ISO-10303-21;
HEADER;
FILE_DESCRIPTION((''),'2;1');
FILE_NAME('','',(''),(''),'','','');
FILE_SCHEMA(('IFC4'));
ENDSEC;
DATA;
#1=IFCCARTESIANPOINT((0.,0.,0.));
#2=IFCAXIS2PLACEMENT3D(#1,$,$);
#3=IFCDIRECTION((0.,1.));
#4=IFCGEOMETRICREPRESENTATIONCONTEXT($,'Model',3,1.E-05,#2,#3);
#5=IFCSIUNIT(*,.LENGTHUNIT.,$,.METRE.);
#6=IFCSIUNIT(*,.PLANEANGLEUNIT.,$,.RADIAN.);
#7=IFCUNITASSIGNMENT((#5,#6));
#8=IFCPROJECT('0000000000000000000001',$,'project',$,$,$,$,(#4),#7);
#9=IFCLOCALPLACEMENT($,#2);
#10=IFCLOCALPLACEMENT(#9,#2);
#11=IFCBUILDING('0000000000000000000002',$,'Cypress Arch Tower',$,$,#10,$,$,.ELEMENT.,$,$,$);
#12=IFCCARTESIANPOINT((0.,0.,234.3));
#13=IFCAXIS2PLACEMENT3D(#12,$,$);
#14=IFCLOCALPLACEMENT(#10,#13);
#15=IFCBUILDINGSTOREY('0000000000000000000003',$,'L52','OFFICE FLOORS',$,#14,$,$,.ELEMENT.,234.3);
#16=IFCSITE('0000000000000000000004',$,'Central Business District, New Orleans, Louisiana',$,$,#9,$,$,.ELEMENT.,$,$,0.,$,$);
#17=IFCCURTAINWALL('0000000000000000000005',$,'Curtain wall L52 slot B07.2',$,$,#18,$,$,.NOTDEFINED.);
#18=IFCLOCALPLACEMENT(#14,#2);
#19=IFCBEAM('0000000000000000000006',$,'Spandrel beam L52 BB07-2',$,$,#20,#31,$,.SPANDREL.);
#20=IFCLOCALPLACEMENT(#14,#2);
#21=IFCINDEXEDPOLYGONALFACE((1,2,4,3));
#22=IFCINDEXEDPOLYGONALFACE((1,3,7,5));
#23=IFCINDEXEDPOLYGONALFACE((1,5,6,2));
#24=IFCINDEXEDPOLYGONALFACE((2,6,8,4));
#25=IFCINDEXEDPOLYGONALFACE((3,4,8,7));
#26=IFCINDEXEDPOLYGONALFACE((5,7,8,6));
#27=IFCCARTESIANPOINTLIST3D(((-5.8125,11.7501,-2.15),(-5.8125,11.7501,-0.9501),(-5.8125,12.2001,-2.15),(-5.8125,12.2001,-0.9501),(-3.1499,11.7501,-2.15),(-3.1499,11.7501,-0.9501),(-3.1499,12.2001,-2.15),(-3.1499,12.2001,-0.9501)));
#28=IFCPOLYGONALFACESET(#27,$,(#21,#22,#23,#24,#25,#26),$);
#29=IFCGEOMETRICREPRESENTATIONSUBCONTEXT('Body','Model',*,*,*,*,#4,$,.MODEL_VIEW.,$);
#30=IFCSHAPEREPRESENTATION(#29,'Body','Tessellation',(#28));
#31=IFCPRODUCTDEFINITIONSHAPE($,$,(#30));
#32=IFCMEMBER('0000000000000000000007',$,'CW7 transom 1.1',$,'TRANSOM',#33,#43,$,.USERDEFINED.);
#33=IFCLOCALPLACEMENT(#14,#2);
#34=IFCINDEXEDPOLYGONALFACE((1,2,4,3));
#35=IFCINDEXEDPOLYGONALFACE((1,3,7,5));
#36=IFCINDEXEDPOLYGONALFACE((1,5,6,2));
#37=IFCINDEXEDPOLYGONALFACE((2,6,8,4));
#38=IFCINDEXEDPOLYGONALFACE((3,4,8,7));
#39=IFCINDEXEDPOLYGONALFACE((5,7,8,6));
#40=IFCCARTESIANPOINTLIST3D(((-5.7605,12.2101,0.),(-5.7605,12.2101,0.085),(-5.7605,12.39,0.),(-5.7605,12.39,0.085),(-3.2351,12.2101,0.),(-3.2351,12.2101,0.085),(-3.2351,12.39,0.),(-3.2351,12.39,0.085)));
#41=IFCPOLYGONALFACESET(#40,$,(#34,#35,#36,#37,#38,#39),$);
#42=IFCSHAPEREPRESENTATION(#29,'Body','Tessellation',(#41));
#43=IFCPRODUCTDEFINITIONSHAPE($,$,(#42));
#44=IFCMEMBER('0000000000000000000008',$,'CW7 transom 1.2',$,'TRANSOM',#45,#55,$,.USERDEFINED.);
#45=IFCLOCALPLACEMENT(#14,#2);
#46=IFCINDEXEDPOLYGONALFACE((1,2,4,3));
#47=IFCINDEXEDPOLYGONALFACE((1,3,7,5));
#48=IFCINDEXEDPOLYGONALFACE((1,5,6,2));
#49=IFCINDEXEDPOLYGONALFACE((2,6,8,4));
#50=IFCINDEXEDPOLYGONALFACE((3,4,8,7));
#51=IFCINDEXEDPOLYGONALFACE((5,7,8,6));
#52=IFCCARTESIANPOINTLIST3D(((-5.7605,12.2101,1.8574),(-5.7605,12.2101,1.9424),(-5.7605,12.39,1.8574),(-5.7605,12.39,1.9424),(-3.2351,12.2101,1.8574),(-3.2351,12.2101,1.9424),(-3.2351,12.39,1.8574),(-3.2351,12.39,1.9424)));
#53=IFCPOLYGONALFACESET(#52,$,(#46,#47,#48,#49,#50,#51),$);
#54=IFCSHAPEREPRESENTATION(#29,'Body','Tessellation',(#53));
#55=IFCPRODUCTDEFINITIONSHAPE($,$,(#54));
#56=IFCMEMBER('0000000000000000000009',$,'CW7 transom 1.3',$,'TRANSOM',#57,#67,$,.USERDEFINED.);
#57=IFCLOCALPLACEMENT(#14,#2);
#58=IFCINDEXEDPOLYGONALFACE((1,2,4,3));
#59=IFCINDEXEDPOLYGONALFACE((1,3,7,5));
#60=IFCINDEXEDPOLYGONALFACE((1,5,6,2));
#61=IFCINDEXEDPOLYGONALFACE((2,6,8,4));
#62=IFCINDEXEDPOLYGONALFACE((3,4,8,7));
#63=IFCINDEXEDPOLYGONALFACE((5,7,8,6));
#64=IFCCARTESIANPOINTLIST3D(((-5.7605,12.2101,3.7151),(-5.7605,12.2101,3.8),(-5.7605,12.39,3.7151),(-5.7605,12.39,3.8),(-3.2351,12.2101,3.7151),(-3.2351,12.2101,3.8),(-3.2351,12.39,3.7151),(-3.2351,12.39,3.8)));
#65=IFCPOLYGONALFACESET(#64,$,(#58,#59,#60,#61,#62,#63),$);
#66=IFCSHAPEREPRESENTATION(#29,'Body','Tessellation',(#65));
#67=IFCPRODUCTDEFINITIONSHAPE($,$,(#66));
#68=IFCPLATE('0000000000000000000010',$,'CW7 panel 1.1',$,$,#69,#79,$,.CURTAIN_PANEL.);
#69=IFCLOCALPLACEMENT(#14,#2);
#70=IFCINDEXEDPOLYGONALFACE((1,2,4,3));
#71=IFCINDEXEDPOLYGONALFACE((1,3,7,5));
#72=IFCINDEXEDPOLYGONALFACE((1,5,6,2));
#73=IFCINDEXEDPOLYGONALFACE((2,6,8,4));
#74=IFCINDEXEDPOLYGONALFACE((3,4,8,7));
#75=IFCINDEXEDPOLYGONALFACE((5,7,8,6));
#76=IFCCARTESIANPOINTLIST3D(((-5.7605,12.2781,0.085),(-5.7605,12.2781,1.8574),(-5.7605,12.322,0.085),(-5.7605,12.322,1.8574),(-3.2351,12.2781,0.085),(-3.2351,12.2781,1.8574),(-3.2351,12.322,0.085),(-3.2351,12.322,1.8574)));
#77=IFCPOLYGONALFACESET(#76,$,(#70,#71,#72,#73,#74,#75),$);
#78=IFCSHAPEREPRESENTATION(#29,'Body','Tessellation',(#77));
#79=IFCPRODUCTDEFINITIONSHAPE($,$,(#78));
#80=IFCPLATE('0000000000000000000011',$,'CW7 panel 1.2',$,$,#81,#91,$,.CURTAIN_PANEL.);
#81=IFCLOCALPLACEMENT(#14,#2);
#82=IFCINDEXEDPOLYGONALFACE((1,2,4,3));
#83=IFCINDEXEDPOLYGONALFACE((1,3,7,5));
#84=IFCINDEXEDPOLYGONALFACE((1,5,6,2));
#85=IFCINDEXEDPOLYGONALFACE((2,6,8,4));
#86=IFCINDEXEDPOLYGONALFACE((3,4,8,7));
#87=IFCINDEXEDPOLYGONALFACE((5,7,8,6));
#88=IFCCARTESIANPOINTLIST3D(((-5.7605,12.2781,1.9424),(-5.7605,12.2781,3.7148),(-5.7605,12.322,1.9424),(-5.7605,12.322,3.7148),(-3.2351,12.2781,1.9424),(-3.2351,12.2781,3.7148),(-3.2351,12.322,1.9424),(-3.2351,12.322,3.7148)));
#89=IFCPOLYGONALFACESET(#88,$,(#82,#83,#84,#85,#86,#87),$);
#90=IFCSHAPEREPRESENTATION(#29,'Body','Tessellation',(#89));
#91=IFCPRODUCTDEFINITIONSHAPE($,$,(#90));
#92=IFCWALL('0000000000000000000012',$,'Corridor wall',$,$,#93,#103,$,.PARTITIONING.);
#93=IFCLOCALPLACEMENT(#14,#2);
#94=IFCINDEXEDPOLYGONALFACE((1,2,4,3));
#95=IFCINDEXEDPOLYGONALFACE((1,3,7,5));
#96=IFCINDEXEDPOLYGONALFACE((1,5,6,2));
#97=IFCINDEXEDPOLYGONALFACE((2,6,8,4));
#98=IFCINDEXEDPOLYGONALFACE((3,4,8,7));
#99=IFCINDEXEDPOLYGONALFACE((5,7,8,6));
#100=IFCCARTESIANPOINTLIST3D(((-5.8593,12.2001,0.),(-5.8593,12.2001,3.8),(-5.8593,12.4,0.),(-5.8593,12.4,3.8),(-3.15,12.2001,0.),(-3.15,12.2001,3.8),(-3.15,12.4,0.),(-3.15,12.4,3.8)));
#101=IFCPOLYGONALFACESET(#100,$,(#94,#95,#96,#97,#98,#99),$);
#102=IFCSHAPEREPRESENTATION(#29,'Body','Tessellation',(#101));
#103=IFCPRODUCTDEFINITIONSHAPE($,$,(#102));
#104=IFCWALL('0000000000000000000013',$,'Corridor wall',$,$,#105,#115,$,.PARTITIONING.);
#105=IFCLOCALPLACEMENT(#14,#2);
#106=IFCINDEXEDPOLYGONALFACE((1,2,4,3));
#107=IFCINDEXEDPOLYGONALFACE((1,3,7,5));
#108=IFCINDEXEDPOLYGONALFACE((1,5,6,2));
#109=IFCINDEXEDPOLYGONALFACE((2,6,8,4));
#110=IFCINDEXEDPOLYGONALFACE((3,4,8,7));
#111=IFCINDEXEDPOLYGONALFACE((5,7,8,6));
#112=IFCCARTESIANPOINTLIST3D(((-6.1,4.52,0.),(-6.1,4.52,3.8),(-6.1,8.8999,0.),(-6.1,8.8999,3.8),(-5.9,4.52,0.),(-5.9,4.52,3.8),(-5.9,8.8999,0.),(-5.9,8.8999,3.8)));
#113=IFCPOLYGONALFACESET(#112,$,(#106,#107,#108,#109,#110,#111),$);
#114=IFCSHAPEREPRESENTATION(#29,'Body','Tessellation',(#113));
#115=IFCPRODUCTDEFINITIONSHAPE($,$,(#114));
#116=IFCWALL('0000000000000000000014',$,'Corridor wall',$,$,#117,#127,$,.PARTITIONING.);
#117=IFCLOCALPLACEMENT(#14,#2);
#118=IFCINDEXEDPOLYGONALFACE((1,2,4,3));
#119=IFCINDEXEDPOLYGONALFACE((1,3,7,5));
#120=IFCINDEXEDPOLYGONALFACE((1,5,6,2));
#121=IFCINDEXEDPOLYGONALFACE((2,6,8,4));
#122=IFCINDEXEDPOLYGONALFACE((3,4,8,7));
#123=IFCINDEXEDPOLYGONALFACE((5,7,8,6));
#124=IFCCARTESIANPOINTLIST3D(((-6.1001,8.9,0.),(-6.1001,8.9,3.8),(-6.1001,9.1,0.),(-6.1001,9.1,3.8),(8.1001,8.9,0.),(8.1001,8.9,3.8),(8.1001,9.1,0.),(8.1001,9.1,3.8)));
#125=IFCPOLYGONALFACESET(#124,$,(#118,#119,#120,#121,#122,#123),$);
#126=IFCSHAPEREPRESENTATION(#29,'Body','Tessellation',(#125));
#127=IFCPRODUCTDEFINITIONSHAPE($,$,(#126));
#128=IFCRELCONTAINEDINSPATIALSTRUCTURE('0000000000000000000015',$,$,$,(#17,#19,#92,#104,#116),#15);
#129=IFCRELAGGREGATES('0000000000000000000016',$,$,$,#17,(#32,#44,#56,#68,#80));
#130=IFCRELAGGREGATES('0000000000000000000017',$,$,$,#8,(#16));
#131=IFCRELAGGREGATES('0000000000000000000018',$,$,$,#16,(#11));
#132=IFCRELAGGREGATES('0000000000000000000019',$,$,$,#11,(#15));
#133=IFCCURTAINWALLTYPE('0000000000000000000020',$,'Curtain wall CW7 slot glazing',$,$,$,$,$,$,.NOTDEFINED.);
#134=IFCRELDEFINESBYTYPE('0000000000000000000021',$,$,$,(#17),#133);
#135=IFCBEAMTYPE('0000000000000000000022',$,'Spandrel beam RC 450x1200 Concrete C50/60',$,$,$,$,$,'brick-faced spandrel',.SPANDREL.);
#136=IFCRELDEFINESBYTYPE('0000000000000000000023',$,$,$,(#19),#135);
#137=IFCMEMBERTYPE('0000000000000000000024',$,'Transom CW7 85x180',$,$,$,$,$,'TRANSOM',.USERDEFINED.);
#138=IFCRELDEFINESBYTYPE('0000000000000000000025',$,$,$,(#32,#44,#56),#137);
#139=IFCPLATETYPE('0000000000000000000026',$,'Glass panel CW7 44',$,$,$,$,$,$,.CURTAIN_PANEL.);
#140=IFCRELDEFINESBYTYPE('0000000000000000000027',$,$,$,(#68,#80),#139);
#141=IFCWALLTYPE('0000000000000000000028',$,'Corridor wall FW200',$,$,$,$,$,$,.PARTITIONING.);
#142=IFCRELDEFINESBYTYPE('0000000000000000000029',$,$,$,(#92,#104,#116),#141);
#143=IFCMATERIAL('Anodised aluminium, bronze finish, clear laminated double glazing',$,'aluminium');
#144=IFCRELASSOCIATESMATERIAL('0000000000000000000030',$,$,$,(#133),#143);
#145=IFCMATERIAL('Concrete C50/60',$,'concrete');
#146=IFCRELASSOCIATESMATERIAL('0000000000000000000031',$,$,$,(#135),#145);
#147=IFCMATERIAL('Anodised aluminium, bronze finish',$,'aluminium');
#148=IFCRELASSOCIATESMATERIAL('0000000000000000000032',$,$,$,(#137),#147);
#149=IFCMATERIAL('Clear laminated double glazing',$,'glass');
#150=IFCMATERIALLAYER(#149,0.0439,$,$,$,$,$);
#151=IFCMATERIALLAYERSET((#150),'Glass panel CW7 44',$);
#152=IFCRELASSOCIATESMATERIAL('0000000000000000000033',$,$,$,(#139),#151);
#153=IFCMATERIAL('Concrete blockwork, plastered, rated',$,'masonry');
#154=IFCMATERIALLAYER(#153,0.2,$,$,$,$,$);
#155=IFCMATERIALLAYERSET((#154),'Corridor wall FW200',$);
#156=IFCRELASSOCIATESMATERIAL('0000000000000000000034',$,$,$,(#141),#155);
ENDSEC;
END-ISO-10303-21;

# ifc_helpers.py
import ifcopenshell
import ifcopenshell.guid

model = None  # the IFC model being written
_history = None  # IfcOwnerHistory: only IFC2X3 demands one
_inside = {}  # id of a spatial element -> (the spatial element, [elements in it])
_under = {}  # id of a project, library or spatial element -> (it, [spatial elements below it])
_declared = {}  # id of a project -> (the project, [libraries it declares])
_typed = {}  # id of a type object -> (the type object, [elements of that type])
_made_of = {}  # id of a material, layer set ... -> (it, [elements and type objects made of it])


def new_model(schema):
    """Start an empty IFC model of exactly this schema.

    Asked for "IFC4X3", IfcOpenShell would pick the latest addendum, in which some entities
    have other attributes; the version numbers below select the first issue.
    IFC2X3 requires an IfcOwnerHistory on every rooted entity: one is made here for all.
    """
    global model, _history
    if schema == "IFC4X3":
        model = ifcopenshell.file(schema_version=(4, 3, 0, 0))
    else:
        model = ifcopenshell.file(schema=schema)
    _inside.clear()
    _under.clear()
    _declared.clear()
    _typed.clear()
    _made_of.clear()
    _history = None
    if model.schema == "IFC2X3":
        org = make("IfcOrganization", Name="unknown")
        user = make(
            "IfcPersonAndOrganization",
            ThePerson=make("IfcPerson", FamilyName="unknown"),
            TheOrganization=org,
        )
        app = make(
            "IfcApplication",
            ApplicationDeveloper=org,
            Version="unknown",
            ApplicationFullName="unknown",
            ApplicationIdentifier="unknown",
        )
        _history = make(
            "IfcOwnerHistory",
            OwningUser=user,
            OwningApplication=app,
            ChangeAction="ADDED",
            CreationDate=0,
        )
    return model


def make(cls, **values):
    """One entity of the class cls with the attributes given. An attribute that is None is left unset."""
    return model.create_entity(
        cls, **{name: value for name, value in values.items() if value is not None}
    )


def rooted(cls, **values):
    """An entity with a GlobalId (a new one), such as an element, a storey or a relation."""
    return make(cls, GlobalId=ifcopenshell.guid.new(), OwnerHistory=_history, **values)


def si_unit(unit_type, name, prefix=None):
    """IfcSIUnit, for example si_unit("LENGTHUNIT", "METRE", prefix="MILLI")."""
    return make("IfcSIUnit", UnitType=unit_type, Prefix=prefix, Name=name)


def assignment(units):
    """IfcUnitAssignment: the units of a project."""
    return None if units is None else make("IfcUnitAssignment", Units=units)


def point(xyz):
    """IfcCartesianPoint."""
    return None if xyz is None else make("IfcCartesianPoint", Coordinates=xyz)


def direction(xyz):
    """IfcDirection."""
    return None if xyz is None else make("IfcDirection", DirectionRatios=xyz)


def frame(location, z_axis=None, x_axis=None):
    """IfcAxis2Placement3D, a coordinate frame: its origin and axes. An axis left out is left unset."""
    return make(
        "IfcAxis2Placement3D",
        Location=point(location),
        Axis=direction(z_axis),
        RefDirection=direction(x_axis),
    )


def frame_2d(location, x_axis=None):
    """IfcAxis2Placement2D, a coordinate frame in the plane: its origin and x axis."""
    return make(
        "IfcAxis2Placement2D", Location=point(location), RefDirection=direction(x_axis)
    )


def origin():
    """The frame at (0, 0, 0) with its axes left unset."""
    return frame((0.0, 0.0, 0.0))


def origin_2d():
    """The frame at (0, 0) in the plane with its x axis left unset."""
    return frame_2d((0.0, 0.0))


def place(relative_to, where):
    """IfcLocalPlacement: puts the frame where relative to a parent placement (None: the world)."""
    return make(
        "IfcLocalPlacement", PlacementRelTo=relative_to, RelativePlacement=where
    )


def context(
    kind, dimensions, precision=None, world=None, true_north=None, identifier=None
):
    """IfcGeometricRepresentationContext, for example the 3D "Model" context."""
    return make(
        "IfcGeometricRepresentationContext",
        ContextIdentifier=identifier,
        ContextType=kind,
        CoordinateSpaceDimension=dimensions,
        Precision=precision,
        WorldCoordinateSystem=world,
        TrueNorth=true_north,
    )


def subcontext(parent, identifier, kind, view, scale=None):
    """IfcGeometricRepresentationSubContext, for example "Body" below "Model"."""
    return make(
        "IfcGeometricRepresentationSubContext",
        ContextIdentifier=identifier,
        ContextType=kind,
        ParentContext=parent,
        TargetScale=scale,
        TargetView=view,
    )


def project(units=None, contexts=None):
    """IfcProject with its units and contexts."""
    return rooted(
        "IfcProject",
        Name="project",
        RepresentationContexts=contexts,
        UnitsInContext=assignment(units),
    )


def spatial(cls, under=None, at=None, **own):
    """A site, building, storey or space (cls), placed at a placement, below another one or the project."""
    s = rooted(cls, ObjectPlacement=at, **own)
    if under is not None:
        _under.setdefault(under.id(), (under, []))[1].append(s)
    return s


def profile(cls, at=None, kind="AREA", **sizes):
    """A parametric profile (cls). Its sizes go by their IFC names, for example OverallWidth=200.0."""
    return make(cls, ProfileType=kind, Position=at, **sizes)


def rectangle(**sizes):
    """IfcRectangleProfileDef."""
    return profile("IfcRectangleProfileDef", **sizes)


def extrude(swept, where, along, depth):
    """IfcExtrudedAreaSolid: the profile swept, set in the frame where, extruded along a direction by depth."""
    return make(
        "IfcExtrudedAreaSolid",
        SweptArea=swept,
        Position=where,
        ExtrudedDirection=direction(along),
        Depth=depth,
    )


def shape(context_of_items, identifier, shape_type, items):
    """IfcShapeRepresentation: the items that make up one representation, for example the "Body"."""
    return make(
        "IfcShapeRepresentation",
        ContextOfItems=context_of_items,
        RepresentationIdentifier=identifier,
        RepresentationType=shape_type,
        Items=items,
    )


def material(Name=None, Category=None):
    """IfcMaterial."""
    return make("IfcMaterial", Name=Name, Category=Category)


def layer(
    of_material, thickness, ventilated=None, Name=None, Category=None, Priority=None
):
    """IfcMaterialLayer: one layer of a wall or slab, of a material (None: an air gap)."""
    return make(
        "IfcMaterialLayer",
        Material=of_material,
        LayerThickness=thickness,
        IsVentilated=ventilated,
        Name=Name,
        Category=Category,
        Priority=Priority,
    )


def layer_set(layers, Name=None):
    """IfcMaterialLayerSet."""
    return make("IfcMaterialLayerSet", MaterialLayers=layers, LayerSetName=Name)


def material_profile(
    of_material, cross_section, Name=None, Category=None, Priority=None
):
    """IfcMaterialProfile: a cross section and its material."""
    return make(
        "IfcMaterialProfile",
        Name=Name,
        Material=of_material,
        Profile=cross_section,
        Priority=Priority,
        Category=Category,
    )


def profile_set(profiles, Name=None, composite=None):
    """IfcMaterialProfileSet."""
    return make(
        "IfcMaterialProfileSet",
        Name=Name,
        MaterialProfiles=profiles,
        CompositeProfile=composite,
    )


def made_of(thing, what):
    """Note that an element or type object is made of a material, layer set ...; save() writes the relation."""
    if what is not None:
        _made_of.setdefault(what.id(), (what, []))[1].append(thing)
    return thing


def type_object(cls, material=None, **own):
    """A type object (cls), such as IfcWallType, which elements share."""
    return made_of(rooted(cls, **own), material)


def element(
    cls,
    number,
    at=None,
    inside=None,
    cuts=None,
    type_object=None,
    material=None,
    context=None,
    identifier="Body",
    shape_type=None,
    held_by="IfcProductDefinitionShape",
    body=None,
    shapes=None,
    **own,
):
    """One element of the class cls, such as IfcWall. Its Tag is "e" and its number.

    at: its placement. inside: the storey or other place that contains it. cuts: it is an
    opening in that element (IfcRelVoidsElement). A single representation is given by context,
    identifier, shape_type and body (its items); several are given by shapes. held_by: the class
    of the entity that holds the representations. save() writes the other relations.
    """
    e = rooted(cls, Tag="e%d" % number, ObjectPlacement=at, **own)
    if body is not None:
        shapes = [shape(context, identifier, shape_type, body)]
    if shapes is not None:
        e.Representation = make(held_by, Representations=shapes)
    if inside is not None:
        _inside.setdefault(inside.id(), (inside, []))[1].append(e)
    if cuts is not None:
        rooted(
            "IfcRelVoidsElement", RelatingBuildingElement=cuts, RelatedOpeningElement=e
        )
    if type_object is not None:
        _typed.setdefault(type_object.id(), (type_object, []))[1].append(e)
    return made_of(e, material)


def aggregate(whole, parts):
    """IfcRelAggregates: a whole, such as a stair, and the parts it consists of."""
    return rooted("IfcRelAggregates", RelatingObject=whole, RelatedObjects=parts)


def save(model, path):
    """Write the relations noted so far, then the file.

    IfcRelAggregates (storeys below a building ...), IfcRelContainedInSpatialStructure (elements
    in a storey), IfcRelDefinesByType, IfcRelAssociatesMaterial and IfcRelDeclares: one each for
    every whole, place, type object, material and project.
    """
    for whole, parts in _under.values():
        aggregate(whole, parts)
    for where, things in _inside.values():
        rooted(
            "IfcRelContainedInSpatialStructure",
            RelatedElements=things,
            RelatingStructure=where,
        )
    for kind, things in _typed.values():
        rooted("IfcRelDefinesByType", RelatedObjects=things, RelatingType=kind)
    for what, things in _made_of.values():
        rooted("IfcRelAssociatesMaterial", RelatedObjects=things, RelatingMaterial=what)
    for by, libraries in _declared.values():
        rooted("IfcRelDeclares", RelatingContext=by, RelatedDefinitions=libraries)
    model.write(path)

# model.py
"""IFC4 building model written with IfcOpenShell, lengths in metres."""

from ifc_helpers import new_model, si_unit, direction, frame, frame_2d, origin, origin_2d, place, context, subcontext, project, spatial, rectangle, extrude, material, layer, layer_set, material_profile, profile_set, type_object, element, aggregate, save


model = new_model("IFC4")

# Units and contexts
model_context = context("Model", 3, precision=1e-05, world=origin(), true_north=direction((0.0, 1.0)))
body_context = subcontext(model_context, "Body", "Model", "MODEL_VIEW")
ifc_project = project(units=[si_unit("LENGTHUNIT", "METRE"), si_unit("PLANEANGLEUNIT", "RADIAN")], contexts=[model_context])

# Site, building, storey
site_placement = place(None, origin())
site = spatial("IfcSite", under=ifc_project, at=site_placement, Name="Central Business District, New Orleans, Louisiana", CompositionType="ELEMENT", RefElevation=0.0)
building_placement = place(site_placement, origin())
building = spatial("IfcBuilding", under=site, at=building_placement, Name="Cypress Arch Tower", CompositionType="ELEMENT")
storey_placement = place(building_placement, frame((0.0, 0.0, 234.3)))
storey = spatial("IfcBuildingStorey", under=building, at=storey_placement, Name="L52", Description="OFFICE FLOORS", CompositionType="ELEMENT", Elevation=234.3)

# Curtain wall
ifc_material_1 = material(Name="Anodised aluminium, bronze finish, clear laminated double glazing", Category="aluminium")
curtain_wall_type = type_object("IfcCurtainWallType", Name="Curtain wall CW7 slot glazing", PredefinedType="NOTDEFINED", material=ifc_material_1)
curtain_wall_placement = place(storey_placement, origin())
curtain_wall = element("IfcCurtainWall", 1, at=curtain_wall_placement, inside=storey, type_object=curtain_wall_type, Name="Curtain wall L52 slot B07.2", PredefinedType="NOTDEFINED")

# Beam
ifc_material_2 = material(Name="Concrete C50/60", Category="concrete")
ifc_material_profile_1 = material_profile(ifc_material_2, rectangle(XDim=0.45, YDim=1.2, at=origin_2d()), Name="RC 450x1200")
ifc_profile_set_1 = profile_set([ifc_material_profile_1], Name="Concrete C50/60")
beam_type_1 = type_object("IfcBeamType", Name="Spandrel beam RC 450x1200 Concrete C50/60", ElementType="brick-faced spandrel", PredefinedType="SPANDREL", material=ifc_profile_set_1)
beam_1_placement = place(storey_placement, frame((-3.1499, 11.9751, -1.55), z_axis=(-1.0, 0.0, 0.0), x_axis=(0.0, -1.0, 0.0)))
element("IfcBeam", 2, at=beam_1_placement, inside=storey, type_object=beam_type_1, Name="Spandrel beam L52 BB07-2", PredefinedType="SPANDREL", context=body_context, shape_type="SweptSolid", body=[
    extrude(rectangle(XDim=0.45, YDim=1.2, at=origin_2d()), origin(), (0.0, 0.0, 1.0), 2.6626),
])

# Members
ifc_material_3 = material(Name="Anodised aluminium, bronze finish", Category="aluminium")
ifc_material_profile_2 = material_profile(ifc_material_3, rectangle(XDim=0.1799, YDim=0.085, at=origin_2d()), Name="Transom 85x180")
ifc_profile_set_2 = profile_set([ifc_material_profile_2], Name="Anodised aluminium, bronze finish")
member_type_1 = type_object("IfcMemberType", Name="Transom CW7 85x180", ElementType="TRANSOM", PredefinedType="USERDEFINED", material=ifc_profile_set_2)
member_1_placement = place(storey_placement, frame((-3.2351, 12.3, 0.0425), z_axis=(-1.0, 0.0, 0.0), x_axis=(0.0, -1.0, 0.0)))
member_1 = element("IfcMember", 3, at=member_1_placement, type_object=member_type_1, Name="CW7 transom 1.1", ObjectType="TRANSOM", PredefinedType="USERDEFINED", context=body_context, shape_type="SweptSolid", body=[
    extrude(rectangle(XDim=0.1799, YDim=0.085, at=origin_2d()), origin(), (0.0, 0.0, 1.0), 2.5254),
])
member_2_placement = place(storey_placement, frame((-3.2351, 12.3, 1.8999), z_axis=(-1.0, 0.0, 0.0), x_axis=(0.0, -1.0, 0.0)))
member_2 = element("IfcMember", 4, at=member_2_placement, type_object=member_type_1, Name="CW7 transom 1.2", ObjectType="TRANSOM", PredefinedType="USERDEFINED", context=body_context, shape_type="SweptSolid", body=[
    extrude(rectangle(XDim=0.1799, YDim=0.085, at=origin_2d()), origin(), (0.0, 0.0, 1.0), 2.5254),
])
member_3_placement = place(storey_placement, frame((-3.2351, 12.3, 3.7576), z_axis=(-1.0, 0.0, 0.0), x_axis=(0.0, -1.0, 0.0)))
member_3 = element("IfcMember", 5, at=member_3_placement, type_object=member_type_1, Name="CW7 transom 1.3", ObjectType="TRANSOM", PredefinedType="USERDEFINED", context=body_context, shape_type="SweptSolid", body=[
    extrude(rectangle(XDim=0.1799, YDim=0.085, at=origin_2d()), origin(), (0.0, 0.0, 1.0), 2.5254),
])

# Plates
ifc_material_4 = material(Name="Clear laminated double glazing", Category="glass")
ifc_layer_1 = layer(ifc_material_4, 0.0439)
ifc_layer_set_1 = layer_set([ifc_layer_1], Name="Glass panel CW7 44")
plate_type = type_object("IfcPlateType", Name="Glass panel CW7 44", PredefinedType="CURTAIN_PANEL", material=ifc_layer_set_1)
plate_1_placement = place(storey_placement, frame((-4.4978, 12.3, 0.085), z_axis=(0.0, 0.0, 1.0), x_axis=(-1.0, 0.0, 0.0)))
plate_1 = element("IfcPlate", 6, at=plate_1_placement, type_object=plate_type, Name="CW7 panel 1.1", PredefinedType="CURTAIN_PANEL", context=body_context, shape_type="SweptSolid", body=[
    extrude(rectangle(XDim=2.5254, YDim=0.0439, at=origin_2d()), origin(), (0.0, 0.0, 1.0), 1.7725),
])
plate_2_placement = place(storey_placement, frame((-4.4978, 12.3, 1.9424), z_axis=(0.0, 0.0, 1.0), x_axis=(-1.0, 0.0, 0.0)))
plate_2 = element("IfcPlate", 7, at=plate_2_placement, type_object=plate_type, Name="CW7 panel 1.2", PredefinedType="CURTAIN_PANEL", context=body_context, shape_type="SweptSolid", body=[
    extrude(rectangle(XDim=2.5254, YDim=0.0439, at=origin_2d()), origin(), (0.0, 0.0, 1.0), 1.7725),
])
aggregate(curtain_wall, [member_1, member_2, member_3, plate_1, plate_2])

# Shared definitions
ifc_material_5 = material(Name="Concrete blockwork, plastered, rated", Category="masonry")
ifc_layer_2 = layer(ifc_material_5, 0.2)
ifc_layer_set_2 = layer_set([ifc_layer_2], Name="Corridor wall FW200")
wall_type = type_object("IfcWallType", Name="Corridor wall FW200", PredefinedType="PARTITIONING", material=ifc_layer_set_2)

# Walls
wall_1_placement = place(storey_placement, frame((-5.8591, 12.3, 0.0), z_axis=(0.0, 0.0, 1.0), x_axis=(1.0, 0.0, 0.0)))
element("IfcWall", 8, at=wall_1_placement, inside=storey, type_object=wall_type, Name="Corridor wall", PredefinedType="PARTITIONING", context=body_context, shape_type="SweptSolid", body=[
    extrude(rectangle(XDim=2.7092, YDim=0.2, at=frame_2d((1.3545, 0.0))), origin(), (0.0, 0.0, 1.0), 3.8),
])
wall_2_placement = place(storey_placement, frame((-6.0, 4.52, 0.0), z_axis=(0.0, 0.0, 1.0), x_axis=(0.0, 1.0, 0.0)))
element("IfcWall", 9, at=wall_2_placement, inside=storey, type_object=wall_type, Name="Corridor wall", PredefinedType="PARTITIONING", context=body_context, shape_type="SweptSolid", body=[
    extrude(rectangle(XDim=4.3799, YDim=0.2, at=frame_2d((2.1899, 0.0))), origin(), (0.0, 0.0, 1.0), 3.8),
])
wall_3_placement = place(storey_placement, frame((-6.1001, 9.0, 0.0), z_axis=(0.0, 0.0, 1.0), x_axis=(1.0, 0.0, 0.0)))
element("IfcWall", 10, at=wall_3_placement, inside=storey, type_object=wall_type, Name="Corridor wall", PredefinedType="PARTITIONING", context=body_context, shape_type="SweptSolid", body=[
    extrude(rectangle(XDim=14.2002, YDim=0.2, at=frame_2d((7.1001, 0.0))), origin(), (0.0, 0.0, 1.0), 3.8),
])

save(model, "model.ifc")
